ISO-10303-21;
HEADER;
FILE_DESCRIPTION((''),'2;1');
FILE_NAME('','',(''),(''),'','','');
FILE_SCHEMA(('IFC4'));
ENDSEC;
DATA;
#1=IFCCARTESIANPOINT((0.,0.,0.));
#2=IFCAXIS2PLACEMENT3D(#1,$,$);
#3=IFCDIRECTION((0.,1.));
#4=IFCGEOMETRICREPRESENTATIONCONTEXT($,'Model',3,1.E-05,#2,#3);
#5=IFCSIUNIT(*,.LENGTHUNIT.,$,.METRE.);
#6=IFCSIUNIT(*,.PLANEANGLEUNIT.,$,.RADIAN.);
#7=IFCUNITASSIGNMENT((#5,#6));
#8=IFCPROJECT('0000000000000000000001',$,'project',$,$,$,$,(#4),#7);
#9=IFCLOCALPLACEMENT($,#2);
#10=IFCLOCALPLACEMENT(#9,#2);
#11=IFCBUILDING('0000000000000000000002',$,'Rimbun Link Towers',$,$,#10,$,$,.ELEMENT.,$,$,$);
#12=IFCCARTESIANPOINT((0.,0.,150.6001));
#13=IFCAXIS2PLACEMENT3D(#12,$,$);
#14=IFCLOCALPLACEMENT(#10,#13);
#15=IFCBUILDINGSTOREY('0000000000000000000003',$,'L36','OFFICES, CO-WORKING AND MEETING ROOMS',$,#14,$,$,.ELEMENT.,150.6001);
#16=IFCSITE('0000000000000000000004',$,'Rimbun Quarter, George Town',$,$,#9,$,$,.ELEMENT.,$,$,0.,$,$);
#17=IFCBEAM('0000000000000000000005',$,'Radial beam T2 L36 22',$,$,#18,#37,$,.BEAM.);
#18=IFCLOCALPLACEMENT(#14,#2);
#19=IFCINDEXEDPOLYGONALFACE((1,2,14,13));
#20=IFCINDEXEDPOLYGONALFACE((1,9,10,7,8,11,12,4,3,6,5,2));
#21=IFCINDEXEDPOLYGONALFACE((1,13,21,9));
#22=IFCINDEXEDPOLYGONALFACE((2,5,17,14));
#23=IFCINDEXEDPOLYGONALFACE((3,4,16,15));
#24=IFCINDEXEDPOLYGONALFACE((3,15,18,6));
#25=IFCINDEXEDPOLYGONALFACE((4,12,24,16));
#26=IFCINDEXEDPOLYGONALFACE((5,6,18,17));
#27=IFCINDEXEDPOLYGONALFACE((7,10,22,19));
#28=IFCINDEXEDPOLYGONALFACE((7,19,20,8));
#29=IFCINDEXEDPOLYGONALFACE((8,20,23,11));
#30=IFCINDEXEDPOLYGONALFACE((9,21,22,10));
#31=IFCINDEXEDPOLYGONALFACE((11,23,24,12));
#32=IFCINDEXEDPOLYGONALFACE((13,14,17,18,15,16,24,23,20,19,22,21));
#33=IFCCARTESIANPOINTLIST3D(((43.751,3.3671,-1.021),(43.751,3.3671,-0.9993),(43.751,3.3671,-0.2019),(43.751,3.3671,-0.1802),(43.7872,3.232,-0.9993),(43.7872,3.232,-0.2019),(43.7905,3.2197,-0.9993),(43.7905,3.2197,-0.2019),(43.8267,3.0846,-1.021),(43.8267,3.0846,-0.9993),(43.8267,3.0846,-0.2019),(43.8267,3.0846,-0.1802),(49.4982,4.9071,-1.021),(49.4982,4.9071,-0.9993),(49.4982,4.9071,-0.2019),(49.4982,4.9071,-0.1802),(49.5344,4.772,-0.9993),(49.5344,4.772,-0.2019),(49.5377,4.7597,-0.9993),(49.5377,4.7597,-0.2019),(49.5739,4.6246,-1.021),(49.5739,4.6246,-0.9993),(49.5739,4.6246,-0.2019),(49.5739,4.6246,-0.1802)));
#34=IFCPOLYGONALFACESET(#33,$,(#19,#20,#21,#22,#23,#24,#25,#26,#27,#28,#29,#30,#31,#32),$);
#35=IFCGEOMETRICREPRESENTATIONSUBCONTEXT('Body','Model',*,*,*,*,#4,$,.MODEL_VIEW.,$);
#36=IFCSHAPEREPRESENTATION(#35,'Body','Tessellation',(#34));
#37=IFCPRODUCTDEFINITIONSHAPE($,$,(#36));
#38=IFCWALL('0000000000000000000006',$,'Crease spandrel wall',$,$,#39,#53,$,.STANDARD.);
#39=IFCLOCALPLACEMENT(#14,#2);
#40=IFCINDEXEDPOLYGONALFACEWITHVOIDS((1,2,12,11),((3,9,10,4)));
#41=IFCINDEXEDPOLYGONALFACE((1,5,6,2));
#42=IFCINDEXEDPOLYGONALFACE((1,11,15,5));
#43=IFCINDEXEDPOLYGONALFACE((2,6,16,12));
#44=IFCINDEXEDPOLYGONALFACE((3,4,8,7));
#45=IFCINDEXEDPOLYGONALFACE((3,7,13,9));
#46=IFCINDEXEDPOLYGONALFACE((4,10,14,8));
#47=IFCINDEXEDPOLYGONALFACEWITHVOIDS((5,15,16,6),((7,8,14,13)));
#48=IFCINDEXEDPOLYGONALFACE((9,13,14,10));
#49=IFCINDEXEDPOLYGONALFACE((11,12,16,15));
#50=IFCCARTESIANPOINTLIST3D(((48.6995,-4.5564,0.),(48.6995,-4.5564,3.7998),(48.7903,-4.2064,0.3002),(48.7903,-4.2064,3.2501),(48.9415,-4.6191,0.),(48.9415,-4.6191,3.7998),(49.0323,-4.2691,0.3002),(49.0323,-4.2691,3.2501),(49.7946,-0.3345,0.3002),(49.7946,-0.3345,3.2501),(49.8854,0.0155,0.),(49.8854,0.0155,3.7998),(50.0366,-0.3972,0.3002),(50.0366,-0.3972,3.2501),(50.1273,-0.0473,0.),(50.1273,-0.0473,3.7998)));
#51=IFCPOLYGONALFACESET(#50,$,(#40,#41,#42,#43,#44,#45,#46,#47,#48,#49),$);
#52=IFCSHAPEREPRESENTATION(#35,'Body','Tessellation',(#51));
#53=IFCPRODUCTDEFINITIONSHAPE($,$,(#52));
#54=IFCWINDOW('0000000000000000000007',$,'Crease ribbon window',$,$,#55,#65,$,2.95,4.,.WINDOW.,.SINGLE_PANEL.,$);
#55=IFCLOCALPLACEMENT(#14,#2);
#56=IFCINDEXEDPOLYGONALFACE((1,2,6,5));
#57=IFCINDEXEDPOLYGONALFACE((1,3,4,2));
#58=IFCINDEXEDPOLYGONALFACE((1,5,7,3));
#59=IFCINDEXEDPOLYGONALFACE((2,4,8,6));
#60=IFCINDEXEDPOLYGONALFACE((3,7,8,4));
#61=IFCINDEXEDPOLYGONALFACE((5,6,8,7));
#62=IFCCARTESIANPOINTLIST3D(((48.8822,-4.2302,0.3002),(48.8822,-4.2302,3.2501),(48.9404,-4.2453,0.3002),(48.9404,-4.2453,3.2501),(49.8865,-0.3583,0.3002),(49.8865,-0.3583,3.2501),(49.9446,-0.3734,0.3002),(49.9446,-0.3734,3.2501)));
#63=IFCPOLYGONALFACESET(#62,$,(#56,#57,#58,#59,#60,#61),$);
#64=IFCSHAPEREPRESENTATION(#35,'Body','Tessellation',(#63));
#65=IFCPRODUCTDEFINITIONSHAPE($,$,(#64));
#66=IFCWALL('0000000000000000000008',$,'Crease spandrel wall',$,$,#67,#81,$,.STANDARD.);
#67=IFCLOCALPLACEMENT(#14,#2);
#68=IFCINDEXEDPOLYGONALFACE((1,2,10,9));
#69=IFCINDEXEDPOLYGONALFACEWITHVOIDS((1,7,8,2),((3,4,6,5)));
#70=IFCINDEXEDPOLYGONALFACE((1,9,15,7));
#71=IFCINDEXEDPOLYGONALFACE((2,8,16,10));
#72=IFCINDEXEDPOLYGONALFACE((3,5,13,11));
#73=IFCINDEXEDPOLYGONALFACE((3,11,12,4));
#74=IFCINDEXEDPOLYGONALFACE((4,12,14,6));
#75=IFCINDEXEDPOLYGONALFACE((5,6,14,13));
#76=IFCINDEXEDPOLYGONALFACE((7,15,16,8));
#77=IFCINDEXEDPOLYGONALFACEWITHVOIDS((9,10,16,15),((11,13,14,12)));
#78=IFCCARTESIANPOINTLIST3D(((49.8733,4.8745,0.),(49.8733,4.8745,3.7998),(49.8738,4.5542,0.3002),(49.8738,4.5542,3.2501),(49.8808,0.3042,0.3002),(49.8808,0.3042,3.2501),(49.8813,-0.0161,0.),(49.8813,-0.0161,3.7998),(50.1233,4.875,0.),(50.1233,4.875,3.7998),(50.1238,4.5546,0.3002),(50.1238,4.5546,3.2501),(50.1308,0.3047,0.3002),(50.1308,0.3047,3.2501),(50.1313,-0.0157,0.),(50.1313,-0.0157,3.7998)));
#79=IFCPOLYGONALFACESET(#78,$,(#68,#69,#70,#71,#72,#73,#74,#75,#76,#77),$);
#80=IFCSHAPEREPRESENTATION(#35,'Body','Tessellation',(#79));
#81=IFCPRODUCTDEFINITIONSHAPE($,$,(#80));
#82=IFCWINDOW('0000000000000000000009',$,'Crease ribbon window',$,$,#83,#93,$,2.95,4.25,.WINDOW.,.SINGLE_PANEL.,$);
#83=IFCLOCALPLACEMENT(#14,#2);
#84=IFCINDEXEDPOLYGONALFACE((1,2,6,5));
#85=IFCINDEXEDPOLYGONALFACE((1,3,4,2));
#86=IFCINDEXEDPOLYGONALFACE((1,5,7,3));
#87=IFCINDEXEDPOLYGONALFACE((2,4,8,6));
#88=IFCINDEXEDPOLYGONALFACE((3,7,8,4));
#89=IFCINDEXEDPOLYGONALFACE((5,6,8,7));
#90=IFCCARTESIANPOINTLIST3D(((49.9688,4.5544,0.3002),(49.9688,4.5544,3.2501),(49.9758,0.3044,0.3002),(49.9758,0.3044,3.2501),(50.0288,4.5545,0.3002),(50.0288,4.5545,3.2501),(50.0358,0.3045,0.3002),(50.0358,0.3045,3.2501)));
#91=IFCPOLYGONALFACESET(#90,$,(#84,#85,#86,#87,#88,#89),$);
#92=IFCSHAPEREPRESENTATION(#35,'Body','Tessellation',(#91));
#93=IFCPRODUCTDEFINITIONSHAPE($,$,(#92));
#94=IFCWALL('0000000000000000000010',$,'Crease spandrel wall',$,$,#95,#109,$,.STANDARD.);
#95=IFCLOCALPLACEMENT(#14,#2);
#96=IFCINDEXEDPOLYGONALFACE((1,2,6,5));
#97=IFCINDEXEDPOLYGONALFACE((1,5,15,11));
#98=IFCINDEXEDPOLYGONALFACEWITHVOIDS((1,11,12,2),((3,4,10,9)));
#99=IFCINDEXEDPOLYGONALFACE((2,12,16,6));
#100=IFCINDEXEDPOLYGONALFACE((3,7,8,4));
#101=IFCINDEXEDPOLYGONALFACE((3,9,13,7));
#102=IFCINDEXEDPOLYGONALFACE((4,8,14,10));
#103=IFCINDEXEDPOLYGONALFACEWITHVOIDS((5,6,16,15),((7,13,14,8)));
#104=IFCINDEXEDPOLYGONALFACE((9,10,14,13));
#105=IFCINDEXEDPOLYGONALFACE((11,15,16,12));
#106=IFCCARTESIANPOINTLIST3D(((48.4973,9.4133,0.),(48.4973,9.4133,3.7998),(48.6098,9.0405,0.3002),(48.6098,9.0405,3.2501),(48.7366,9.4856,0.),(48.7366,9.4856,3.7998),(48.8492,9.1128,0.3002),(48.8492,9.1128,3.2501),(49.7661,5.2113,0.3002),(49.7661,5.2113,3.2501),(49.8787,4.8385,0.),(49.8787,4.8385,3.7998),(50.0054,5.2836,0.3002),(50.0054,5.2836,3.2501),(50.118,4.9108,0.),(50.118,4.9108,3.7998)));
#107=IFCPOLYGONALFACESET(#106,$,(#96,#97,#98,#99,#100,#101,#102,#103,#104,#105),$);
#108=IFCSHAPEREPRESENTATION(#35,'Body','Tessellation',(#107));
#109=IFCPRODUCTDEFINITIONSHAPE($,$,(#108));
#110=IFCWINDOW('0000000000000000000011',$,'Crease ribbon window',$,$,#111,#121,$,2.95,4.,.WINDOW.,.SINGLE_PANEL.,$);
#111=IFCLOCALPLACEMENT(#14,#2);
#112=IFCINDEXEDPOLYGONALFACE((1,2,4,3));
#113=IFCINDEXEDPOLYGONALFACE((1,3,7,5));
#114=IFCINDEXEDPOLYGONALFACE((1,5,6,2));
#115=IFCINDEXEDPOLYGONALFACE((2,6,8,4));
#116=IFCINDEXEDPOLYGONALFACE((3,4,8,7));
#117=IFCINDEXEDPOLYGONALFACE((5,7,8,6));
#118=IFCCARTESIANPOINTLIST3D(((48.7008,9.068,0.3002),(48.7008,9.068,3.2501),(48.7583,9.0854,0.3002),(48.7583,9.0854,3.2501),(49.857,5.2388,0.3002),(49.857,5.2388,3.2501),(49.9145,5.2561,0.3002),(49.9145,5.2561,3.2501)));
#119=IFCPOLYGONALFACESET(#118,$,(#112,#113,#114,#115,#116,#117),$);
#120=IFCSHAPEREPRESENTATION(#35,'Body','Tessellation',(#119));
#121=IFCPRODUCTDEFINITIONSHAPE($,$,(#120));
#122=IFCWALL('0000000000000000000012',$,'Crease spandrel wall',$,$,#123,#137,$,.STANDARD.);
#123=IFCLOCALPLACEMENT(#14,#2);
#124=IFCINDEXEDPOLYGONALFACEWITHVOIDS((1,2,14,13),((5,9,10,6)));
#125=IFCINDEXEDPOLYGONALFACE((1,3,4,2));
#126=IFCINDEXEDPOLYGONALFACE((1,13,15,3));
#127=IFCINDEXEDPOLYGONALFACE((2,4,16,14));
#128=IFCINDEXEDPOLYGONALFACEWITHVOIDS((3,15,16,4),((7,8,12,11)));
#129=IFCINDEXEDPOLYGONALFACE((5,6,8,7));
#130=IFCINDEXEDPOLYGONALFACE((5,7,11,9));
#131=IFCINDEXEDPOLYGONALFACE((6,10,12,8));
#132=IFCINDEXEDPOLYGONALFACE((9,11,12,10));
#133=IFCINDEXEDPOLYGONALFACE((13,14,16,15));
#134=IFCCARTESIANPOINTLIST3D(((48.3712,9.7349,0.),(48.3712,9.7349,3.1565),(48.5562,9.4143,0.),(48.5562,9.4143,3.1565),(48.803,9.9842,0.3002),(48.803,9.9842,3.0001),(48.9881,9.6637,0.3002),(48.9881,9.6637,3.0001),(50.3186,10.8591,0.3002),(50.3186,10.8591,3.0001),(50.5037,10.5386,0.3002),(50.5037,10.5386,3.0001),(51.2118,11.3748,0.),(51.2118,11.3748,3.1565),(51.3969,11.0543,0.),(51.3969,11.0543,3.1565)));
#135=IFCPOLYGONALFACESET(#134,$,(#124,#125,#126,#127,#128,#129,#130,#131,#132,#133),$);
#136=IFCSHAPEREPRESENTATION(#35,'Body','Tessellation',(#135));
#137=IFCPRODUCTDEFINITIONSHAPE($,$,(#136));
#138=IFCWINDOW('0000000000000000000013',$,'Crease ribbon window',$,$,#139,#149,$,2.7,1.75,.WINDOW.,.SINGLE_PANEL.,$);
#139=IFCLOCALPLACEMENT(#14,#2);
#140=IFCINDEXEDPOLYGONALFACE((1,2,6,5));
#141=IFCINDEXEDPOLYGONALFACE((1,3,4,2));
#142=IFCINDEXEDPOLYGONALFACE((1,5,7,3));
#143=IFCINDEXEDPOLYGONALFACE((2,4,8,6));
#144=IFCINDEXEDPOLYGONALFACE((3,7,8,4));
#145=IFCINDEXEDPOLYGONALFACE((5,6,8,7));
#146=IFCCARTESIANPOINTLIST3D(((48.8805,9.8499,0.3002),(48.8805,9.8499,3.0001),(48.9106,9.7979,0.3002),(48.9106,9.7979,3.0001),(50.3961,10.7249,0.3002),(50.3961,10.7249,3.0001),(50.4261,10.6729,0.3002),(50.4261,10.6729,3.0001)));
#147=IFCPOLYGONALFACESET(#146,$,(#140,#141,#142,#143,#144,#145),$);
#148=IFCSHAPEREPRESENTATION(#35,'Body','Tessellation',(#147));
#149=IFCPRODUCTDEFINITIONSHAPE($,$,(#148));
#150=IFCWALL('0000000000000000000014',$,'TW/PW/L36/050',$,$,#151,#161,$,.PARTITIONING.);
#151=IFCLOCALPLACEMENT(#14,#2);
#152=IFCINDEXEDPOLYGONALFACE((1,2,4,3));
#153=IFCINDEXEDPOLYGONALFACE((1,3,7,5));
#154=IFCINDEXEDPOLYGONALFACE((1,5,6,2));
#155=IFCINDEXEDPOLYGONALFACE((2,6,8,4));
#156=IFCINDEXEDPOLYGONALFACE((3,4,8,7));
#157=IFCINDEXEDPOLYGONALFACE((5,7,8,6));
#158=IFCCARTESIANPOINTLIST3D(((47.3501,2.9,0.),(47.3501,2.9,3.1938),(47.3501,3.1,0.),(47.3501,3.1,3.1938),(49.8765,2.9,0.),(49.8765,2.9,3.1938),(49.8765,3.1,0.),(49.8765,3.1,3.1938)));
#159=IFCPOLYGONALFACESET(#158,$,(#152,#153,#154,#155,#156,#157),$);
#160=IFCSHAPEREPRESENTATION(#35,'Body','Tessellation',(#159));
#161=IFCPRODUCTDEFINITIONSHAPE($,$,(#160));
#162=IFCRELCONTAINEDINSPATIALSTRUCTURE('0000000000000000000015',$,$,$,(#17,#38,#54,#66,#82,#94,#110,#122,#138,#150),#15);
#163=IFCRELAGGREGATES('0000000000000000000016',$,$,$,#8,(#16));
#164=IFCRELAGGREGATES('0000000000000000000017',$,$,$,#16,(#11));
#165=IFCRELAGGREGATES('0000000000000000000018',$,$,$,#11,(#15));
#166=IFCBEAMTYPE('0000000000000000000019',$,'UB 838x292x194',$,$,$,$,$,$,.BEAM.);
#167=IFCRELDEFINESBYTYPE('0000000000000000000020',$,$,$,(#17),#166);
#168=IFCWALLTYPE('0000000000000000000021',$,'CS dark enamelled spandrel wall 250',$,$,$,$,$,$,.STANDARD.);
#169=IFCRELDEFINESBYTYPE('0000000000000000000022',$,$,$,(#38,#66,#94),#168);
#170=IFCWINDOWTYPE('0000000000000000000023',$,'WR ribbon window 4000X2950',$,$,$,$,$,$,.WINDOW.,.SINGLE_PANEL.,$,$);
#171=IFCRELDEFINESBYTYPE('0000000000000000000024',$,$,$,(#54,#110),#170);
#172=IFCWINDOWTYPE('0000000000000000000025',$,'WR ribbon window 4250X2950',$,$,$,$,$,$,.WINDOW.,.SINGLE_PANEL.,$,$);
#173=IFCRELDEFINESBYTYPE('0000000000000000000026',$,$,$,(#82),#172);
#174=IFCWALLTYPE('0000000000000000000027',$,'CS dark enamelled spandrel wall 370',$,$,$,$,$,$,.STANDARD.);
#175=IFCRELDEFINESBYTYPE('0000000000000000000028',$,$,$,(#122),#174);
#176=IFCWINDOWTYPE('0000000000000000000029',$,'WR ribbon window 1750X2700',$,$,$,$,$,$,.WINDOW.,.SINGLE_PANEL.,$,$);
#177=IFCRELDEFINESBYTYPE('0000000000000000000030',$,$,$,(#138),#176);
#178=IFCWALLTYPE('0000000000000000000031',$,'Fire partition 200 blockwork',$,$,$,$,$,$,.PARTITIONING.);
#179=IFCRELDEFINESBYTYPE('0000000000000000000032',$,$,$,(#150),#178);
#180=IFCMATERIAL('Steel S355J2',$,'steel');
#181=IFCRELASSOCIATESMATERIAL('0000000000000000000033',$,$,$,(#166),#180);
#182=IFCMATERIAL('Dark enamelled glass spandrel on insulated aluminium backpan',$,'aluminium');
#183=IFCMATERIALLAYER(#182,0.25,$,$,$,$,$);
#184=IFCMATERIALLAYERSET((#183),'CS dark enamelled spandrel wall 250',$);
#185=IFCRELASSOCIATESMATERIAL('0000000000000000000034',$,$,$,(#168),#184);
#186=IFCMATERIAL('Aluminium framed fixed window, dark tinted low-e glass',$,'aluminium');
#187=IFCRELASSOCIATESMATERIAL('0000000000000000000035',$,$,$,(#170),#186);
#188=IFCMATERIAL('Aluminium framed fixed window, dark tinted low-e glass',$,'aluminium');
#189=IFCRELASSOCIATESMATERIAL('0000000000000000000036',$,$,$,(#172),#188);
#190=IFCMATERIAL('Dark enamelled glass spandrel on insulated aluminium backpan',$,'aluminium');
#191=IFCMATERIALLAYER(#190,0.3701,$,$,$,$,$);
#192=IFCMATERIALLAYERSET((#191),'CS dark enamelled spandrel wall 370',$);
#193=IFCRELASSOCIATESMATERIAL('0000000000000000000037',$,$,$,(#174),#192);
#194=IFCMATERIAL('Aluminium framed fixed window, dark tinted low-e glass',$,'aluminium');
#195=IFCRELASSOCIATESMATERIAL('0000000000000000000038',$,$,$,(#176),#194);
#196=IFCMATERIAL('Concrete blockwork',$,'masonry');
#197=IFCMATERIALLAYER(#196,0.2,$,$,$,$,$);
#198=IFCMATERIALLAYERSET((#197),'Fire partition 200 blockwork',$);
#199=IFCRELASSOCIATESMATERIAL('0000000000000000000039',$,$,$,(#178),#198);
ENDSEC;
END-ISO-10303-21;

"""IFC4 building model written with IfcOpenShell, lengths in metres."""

from ifc_helpers import new_model, si_unit, direction, frame, frame_2d, origin, origin_2d, place, context, subcontext, project, spatial, rectangle, i_section, extrude, material, layer, layer_set, material_profile, profile_set, type_object, element, fill, save


model = new_model("IFC4")

# Units and contexts
model_context = context("Model", 3, precision=1e-05, world=origin(), true_north=direction((0.0, 1.0)))
body_context = subcontext(model_context, "Body", "Model", "MODEL_VIEW")
ifc_project = project(units=[si_unit("LENGTHUNIT", "METRE"), si_unit("PLANEANGLEUNIT", "RADIAN")], contexts=[model_context])

# Site, building, storey
site_placement = place(None, origin())
site = spatial("IfcSite", under=ifc_project, at=site_placement, Name="Rimbun Quarter, George Town", CompositionType="ELEMENT", RefElevation=0.0)
building_placement = place(site_placement, origin())
building = spatial("IfcBuilding", under=site, at=building_placement, Name="Rimbun Link Towers", CompositionType="ELEMENT")
storey_placement = place(building_placement, frame((0.0, 0.0, 150.6001)))
storey = spatial("IfcBuildingStorey", under=building, at=storey_placement, Name="L36", Description="OFFICES, CO-WORKING AND MEETING ROOMS", CompositionType="ELEMENT", Elevation=150.6001)

# Beam
ifc_material_1 = material(Name="Steel S355J2", Category="steel")
ifc_material_profile_1 = material_profile(ifc_material_1, i_section(OverallWidth=0.2925, OverallDepth=0.8408, WebThickness=0.0127, FlangeThickness=0.0217, at=origin_2d()), Name="UB 838x292x194")
ifc_profile_set_1 = profile_set([ifc_material_profile_1], Name="Steel S355J2")
beam_type_1 = type_object("IfcBeamType", Name="UB 838x292x194", PredefinedType="BEAM", material=ifc_profile_set_1)
beam_1_placement = place(storey_placement, frame((43.7888, 3.2258, -0.6006), z_axis=(0.965924, 0.258827, 0.0), x_axis=(-0.258827, 0.965924, 0.0)))
element("IfcBeam", 1, at=beam_1_placement, inside=storey, type_object=beam_type_1, Name="Radial beam T2 L36 22", PredefinedType="BEAM", context=body_context, shape_type="SweptSolid", body=[
    extrude(i_section(OverallWidth=0.2925, OverallDepth=0.8408, WebThickness=0.0127, FlangeThickness=0.0217, at=origin_2d()), origin(), (0.0, 0.0, 1.0), 5.95),
])

# Walls, openings, windows
ifc_material_2 = material(Name="Dark enamelled glass spandrel on insulated aluminium backpan", Category="aluminium")
ifc_layer_1 = layer(ifc_material_2, 0.25)
ifc_layer_set_1 = layer_set([ifc_layer_1], Name="CS dark enamelled spandrel wall 250")
wall_type_1 = type_object("IfcWallType", Name="CS dark enamelled spandrel wall 250", PredefinedType="STANDARD", material=ifc_layer_set_1)
wall_1_placement = place(storey_placement, frame((50.0063, -0.0159, 0.0), z_axis=(0.0, 0.0, 1.0), x_axis=(-0.251064, -0.96797, 0.0)))
wall_1 = element("IfcWall", 2, at=wall_1_placement, inside=storey, type_object=wall_type_1, Name="Crease spandrel wall", PredefinedType="STANDARD", context=body_context, shape_type="SweptSolid", body=[
    extrude(rectangle(XDim=4.7231, YDim=0.25, at=frame_2d((2.3616, 0.0))), origin(), (0.0, 0.0, 1.0), 3.7998),
])
opening_1_placement = place(wall_1_placement, frame((0.3616, 0.0, 0.3)))
opening_1 = element("IfcOpeningElement", 3, at=opening_1_placement, cuts=wall_1, PredefinedType="OPENING", context=body_context, shape_type="SweptSolid", body=[
    extrude(rectangle(XDim=4.0, YDim=2.95, at=frame_2d((2.0, 1.4751))), frame((0.0, 0.135, 0.0), z_axis=(0.0, -1.0, 0.0), x_axis=(1.0, 0.0, 0.0)), (0.0, 0.0, 1.0), 0.27),
])
ifc_material_3 = material(Name="Aluminium framed fixed window, dark tinted low-e glass", Category="aluminium")
window_type_1 = type_object("IfcWindowType", Name="WR ribbon window 4000X2950", PartitioningType="SINGLE_PANEL", PredefinedType="WINDOW", material=ifc_material_3)
window_1_placement = place(opening_1_placement, origin())
window_1 = element("IfcWindow", 4, at=window_1_placement, inside=storey, type_object=window_type_1, Name="Crease ribbon window", OverallHeight=2.95, OverallWidth=4.0, PartitioningType="SINGLE_PANEL", PredefinedType="WINDOW", context=body_context, shape_type="SweptSolid", body=[
    extrude(rectangle(XDim=4.0, YDim=2.95, at=frame_2d((2.0, 1.4751))), frame((0.0, 0.03, 0.0), z_axis=(0.0, -1.0, 0.0), x_axis=(1.0, 0.0, 0.0)), (0.0, 0.0, 1.0), 0.0601),
])
fill(opening_1, window_1)
wall_2_placement = place(storey_placement, frame((49.9983, 4.8748, 0.0), z_axis=(0.0, 0.0, 1.0), x_axis=(0.001647, -0.999999, 0.0)))
wall_2 = element("IfcWall", 5, at=wall_2_placement, inside=storey, type_object=wall_type_1, Name="Crease spandrel wall", PredefinedType="STANDARD", context=body_context, shape_type="SweptSolid", body=[
    extrude(rectangle(XDim=4.8906, YDim=0.25, at=frame_2d((2.4453, 0.0))), origin(), (0.0, 0.0, 1.0), 3.7998),
])
opening_2_placement = place(wall_2_placement, frame((0.3203, 0.0, 0.3)))
opening_2 = element("IfcOpeningElement", 6, at=opening_2_placement, cuts=wall_2, PredefinedType="OPENING", context=body_context, shape_type="SweptSolid", body=[
    extrude(rectangle(XDim=4.25, YDim=2.95, at=frame_2d((2.125, 1.4751))), frame((0.0, 0.135, 0.0), z_axis=(0.0, -1.0, 0.0), x_axis=(1.0, 0.0, 0.0)), (0.0, 0.0, 1.0), 0.27),
])
ifc_material_4 = material(Name="Aluminium framed fixed window, dark tinted low-e glass", Category="aluminium")
window_type_2 = type_object("IfcWindowType", Name="WR ribbon window 4250X2950", PartitioningType="SINGLE_PANEL", PredefinedType="WINDOW", material=ifc_material_4)
window_2_placement = place(opening_2_placement, origin())
window_2 = element("IfcWindow", 7, at=window_2_placement, inside=storey, type_object=window_type_2, Name="Crease ribbon window", OverallHeight=2.95, OverallWidth=4.25, PartitioningType="SINGLE_PANEL", PredefinedType="WINDOW", context=body_context, shape_type="SweptSolid", body=[
    extrude(rectangle(XDim=4.25, YDim=2.95, at=frame_2d((2.125, 1.4751))), frame((0.0, 0.03, 0.0), z_axis=(0.0, -1.0, 0.0), x_axis=(1.0, 0.0, 0.0)), (0.0, 0.0, 1.0), 0.0601),
])
fill(opening_2, window_2)
wall_3_placement = place(storey_placement, frame((48.6169, 9.4495, 0.0), z_axis=(0.0, 0.0, 1.0), x_axis=(0.289063, -0.95731, 0.0)))
wall_3 = element("IfcWall", 8, at=wall_3_placement, inside=storey, type_object=wall_type_1, Name="Crease spandrel wall", PredefinedType="STANDARD", context=body_context, shape_type="SweptSolid", body=[
    extrude(rectangle(XDim=4.7788, YDim=0.25, at=frame_2d((2.3894, 0.0))), origin(), (0.0, 0.0, 1.0), 3.7998),
])
opening_3_placement = place(wall_3_placement, frame((0.3894, 0.0, 0.3)))
opening_3 = element("IfcOpeningElement", 9, at=opening_3_placement, cuts=wall_3, PredefinedType="OPENING", context=body_context, shape_type="SweptSolid", body=[
    extrude(rectangle(XDim=4.0, YDim=2.95, at=frame_2d((2.0, 1.4751))), frame((0.0, 0.135, 0.0), z_axis=(0.0, -1.0, 0.0), x_axis=(1.0, 0.0, 0.0)), (0.0, 0.0, 1.0), 0.27),
])
window_3_placement = place(opening_3_placement, origin())
window_3 = element("IfcWindow", 10, at=window_3_placement, inside=storey, type_object=window_type_1, Name="Crease ribbon window", OverallHeight=2.95, OverallWidth=4.0, PartitioningType="SINGLE_PANEL", PredefinedType="WINDOW", context=body_context, shape_type="SweptSolid", body=[
    extrude(rectangle(XDim=4.0, YDim=2.95, at=frame_2d((2.0, 1.4751))), frame((0.0, 0.03, 0.0), z_axis=(0.0, -1.0, 0.0), x_axis=(1.0, 0.0, 0.0)), (0.0, 0.0, 1.0), 0.0601),
])
fill(opening_3, window_3)
ifc_material_5 = material(Name="Dark enamelled glass spandrel on insulated aluminium backpan", Category="aluminium")
ifc_layer_2 = layer(ifc_material_5, 0.3701)
ifc_layer_set_2 = layer_set([ifc_layer_2], Name="CS dark enamelled spandrel wall 370")
wall_type_2 = type_object("IfcWallType", Name="CS dark enamelled spandrel wall 370", PredefinedType="STANDARD", material=ifc_layer_set_2)
wall_4_placement = place(storey_placement, frame((51.3044, 11.2146, 0.0), z_axis=(0.0, 0.0, 1.0), x_axis=(-0.866041, -0.499974, 0.0)))
wall_4 = element("IfcWall", 11, at=wall_4_placement, inside=storey, type_object=wall_type_2, Name="Crease spandrel wall", PredefinedType="STANDARD", context=body_context, shape_type="SweptSolid", body=[
    extrude(rectangle(XDim=3.28, YDim=0.3701, at=frame_2d((1.6401, 0.0))), origin(), (0.0, 0.0, 1.0), 3.1565),
])
opening_4_placement = place(wall_4_placement, frame((1.0315, 0.0, 0.3)))
opening_4 = element("IfcOpeningElement", 12, at=opening_4_placement, cuts=wall_4, PredefinedType="OPENING", context=body_context, shape_type="SweptSolid", body=[
    extrude(rectangle(XDim=1.75, YDim=2.7, at=frame_2d((0.875, 1.3501))), frame((0.0, 0.1951, 0.0), z_axis=(0.0, -1.0, 0.0), x_axis=(1.0, 0.0, 0.0)), (0.0, 0.0, 1.0), 0.3901),
])
ifc_material_6 = material(Name="Aluminium framed fixed window, dark tinted low-e glass", Category="aluminium")
window_type_3 = type_object("IfcWindowType", Name="WR ribbon window 1750X2700", PartitioningType="SINGLE_PANEL", PredefinedType="WINDOW", material=ifc_material_6)
window_4_placement = place(opening_4_placement, origin())
window_4 = element("IfcWindow", 13, at=window_4_placement, inside=storey, type_object=window_type_3, Name="Crease ribbon window", OverallHeight=2.7, OverallWidth=1.75, PartitioningType="SINGLE_PANEL", PredefinedType="WINDOW", context=body_context, shape_type="SweptSolid", body=[
    extrude(rectangle(XDim=1.75, YDim=2.7, at=frame_2d((0.875, 1.3501))), frame((0.0, 0.03, 0.0), z_axis=(0.0, -1.0, 0.0), x_axis=(1.0, 0.0, 0.0)), (0.0, 0.0, 1.0), 0.0601),
])
fill(opening_4, window_4)

# Wall
ifc_material_7 = material(Name="Concrete blockwork", Category="masonry")
ifc_layer_3 = layer(ifc_material_7, 0.2)
ifc_layer_set_3 = layer_set([ifc_layer_3], Name="Fire partition 200 blockwork")
wall_type_3 = type_object("IfcWallType", Name="Fire partition 200 blockwork", PredefinedType="PARTITIONING", material=ifc_layer_set_3)
wall_5_placement = place(storey_placement, frame((49.8765, 3.0, 0.0), z_axis=(0.0, 0.0, 1.0), x_axis=(-1.0, 0.0, 0.0)))
element("IfcWall", 14, at=wall_5_placement, inside=storey, type_object=wall_type_3, Name="TW/PW/L36/050", PredefinedType="PARTITIONING", context=body_context, shape_type="SweptSolid", body=[
    extrude(rectangle(XDim=2.5264, YDim=0.2, at=frame_2d((1.2632, 0.0))), origin(), (0.0, 0.0, 1.0), 3.1938),
])

save(model, "model.ifc")
